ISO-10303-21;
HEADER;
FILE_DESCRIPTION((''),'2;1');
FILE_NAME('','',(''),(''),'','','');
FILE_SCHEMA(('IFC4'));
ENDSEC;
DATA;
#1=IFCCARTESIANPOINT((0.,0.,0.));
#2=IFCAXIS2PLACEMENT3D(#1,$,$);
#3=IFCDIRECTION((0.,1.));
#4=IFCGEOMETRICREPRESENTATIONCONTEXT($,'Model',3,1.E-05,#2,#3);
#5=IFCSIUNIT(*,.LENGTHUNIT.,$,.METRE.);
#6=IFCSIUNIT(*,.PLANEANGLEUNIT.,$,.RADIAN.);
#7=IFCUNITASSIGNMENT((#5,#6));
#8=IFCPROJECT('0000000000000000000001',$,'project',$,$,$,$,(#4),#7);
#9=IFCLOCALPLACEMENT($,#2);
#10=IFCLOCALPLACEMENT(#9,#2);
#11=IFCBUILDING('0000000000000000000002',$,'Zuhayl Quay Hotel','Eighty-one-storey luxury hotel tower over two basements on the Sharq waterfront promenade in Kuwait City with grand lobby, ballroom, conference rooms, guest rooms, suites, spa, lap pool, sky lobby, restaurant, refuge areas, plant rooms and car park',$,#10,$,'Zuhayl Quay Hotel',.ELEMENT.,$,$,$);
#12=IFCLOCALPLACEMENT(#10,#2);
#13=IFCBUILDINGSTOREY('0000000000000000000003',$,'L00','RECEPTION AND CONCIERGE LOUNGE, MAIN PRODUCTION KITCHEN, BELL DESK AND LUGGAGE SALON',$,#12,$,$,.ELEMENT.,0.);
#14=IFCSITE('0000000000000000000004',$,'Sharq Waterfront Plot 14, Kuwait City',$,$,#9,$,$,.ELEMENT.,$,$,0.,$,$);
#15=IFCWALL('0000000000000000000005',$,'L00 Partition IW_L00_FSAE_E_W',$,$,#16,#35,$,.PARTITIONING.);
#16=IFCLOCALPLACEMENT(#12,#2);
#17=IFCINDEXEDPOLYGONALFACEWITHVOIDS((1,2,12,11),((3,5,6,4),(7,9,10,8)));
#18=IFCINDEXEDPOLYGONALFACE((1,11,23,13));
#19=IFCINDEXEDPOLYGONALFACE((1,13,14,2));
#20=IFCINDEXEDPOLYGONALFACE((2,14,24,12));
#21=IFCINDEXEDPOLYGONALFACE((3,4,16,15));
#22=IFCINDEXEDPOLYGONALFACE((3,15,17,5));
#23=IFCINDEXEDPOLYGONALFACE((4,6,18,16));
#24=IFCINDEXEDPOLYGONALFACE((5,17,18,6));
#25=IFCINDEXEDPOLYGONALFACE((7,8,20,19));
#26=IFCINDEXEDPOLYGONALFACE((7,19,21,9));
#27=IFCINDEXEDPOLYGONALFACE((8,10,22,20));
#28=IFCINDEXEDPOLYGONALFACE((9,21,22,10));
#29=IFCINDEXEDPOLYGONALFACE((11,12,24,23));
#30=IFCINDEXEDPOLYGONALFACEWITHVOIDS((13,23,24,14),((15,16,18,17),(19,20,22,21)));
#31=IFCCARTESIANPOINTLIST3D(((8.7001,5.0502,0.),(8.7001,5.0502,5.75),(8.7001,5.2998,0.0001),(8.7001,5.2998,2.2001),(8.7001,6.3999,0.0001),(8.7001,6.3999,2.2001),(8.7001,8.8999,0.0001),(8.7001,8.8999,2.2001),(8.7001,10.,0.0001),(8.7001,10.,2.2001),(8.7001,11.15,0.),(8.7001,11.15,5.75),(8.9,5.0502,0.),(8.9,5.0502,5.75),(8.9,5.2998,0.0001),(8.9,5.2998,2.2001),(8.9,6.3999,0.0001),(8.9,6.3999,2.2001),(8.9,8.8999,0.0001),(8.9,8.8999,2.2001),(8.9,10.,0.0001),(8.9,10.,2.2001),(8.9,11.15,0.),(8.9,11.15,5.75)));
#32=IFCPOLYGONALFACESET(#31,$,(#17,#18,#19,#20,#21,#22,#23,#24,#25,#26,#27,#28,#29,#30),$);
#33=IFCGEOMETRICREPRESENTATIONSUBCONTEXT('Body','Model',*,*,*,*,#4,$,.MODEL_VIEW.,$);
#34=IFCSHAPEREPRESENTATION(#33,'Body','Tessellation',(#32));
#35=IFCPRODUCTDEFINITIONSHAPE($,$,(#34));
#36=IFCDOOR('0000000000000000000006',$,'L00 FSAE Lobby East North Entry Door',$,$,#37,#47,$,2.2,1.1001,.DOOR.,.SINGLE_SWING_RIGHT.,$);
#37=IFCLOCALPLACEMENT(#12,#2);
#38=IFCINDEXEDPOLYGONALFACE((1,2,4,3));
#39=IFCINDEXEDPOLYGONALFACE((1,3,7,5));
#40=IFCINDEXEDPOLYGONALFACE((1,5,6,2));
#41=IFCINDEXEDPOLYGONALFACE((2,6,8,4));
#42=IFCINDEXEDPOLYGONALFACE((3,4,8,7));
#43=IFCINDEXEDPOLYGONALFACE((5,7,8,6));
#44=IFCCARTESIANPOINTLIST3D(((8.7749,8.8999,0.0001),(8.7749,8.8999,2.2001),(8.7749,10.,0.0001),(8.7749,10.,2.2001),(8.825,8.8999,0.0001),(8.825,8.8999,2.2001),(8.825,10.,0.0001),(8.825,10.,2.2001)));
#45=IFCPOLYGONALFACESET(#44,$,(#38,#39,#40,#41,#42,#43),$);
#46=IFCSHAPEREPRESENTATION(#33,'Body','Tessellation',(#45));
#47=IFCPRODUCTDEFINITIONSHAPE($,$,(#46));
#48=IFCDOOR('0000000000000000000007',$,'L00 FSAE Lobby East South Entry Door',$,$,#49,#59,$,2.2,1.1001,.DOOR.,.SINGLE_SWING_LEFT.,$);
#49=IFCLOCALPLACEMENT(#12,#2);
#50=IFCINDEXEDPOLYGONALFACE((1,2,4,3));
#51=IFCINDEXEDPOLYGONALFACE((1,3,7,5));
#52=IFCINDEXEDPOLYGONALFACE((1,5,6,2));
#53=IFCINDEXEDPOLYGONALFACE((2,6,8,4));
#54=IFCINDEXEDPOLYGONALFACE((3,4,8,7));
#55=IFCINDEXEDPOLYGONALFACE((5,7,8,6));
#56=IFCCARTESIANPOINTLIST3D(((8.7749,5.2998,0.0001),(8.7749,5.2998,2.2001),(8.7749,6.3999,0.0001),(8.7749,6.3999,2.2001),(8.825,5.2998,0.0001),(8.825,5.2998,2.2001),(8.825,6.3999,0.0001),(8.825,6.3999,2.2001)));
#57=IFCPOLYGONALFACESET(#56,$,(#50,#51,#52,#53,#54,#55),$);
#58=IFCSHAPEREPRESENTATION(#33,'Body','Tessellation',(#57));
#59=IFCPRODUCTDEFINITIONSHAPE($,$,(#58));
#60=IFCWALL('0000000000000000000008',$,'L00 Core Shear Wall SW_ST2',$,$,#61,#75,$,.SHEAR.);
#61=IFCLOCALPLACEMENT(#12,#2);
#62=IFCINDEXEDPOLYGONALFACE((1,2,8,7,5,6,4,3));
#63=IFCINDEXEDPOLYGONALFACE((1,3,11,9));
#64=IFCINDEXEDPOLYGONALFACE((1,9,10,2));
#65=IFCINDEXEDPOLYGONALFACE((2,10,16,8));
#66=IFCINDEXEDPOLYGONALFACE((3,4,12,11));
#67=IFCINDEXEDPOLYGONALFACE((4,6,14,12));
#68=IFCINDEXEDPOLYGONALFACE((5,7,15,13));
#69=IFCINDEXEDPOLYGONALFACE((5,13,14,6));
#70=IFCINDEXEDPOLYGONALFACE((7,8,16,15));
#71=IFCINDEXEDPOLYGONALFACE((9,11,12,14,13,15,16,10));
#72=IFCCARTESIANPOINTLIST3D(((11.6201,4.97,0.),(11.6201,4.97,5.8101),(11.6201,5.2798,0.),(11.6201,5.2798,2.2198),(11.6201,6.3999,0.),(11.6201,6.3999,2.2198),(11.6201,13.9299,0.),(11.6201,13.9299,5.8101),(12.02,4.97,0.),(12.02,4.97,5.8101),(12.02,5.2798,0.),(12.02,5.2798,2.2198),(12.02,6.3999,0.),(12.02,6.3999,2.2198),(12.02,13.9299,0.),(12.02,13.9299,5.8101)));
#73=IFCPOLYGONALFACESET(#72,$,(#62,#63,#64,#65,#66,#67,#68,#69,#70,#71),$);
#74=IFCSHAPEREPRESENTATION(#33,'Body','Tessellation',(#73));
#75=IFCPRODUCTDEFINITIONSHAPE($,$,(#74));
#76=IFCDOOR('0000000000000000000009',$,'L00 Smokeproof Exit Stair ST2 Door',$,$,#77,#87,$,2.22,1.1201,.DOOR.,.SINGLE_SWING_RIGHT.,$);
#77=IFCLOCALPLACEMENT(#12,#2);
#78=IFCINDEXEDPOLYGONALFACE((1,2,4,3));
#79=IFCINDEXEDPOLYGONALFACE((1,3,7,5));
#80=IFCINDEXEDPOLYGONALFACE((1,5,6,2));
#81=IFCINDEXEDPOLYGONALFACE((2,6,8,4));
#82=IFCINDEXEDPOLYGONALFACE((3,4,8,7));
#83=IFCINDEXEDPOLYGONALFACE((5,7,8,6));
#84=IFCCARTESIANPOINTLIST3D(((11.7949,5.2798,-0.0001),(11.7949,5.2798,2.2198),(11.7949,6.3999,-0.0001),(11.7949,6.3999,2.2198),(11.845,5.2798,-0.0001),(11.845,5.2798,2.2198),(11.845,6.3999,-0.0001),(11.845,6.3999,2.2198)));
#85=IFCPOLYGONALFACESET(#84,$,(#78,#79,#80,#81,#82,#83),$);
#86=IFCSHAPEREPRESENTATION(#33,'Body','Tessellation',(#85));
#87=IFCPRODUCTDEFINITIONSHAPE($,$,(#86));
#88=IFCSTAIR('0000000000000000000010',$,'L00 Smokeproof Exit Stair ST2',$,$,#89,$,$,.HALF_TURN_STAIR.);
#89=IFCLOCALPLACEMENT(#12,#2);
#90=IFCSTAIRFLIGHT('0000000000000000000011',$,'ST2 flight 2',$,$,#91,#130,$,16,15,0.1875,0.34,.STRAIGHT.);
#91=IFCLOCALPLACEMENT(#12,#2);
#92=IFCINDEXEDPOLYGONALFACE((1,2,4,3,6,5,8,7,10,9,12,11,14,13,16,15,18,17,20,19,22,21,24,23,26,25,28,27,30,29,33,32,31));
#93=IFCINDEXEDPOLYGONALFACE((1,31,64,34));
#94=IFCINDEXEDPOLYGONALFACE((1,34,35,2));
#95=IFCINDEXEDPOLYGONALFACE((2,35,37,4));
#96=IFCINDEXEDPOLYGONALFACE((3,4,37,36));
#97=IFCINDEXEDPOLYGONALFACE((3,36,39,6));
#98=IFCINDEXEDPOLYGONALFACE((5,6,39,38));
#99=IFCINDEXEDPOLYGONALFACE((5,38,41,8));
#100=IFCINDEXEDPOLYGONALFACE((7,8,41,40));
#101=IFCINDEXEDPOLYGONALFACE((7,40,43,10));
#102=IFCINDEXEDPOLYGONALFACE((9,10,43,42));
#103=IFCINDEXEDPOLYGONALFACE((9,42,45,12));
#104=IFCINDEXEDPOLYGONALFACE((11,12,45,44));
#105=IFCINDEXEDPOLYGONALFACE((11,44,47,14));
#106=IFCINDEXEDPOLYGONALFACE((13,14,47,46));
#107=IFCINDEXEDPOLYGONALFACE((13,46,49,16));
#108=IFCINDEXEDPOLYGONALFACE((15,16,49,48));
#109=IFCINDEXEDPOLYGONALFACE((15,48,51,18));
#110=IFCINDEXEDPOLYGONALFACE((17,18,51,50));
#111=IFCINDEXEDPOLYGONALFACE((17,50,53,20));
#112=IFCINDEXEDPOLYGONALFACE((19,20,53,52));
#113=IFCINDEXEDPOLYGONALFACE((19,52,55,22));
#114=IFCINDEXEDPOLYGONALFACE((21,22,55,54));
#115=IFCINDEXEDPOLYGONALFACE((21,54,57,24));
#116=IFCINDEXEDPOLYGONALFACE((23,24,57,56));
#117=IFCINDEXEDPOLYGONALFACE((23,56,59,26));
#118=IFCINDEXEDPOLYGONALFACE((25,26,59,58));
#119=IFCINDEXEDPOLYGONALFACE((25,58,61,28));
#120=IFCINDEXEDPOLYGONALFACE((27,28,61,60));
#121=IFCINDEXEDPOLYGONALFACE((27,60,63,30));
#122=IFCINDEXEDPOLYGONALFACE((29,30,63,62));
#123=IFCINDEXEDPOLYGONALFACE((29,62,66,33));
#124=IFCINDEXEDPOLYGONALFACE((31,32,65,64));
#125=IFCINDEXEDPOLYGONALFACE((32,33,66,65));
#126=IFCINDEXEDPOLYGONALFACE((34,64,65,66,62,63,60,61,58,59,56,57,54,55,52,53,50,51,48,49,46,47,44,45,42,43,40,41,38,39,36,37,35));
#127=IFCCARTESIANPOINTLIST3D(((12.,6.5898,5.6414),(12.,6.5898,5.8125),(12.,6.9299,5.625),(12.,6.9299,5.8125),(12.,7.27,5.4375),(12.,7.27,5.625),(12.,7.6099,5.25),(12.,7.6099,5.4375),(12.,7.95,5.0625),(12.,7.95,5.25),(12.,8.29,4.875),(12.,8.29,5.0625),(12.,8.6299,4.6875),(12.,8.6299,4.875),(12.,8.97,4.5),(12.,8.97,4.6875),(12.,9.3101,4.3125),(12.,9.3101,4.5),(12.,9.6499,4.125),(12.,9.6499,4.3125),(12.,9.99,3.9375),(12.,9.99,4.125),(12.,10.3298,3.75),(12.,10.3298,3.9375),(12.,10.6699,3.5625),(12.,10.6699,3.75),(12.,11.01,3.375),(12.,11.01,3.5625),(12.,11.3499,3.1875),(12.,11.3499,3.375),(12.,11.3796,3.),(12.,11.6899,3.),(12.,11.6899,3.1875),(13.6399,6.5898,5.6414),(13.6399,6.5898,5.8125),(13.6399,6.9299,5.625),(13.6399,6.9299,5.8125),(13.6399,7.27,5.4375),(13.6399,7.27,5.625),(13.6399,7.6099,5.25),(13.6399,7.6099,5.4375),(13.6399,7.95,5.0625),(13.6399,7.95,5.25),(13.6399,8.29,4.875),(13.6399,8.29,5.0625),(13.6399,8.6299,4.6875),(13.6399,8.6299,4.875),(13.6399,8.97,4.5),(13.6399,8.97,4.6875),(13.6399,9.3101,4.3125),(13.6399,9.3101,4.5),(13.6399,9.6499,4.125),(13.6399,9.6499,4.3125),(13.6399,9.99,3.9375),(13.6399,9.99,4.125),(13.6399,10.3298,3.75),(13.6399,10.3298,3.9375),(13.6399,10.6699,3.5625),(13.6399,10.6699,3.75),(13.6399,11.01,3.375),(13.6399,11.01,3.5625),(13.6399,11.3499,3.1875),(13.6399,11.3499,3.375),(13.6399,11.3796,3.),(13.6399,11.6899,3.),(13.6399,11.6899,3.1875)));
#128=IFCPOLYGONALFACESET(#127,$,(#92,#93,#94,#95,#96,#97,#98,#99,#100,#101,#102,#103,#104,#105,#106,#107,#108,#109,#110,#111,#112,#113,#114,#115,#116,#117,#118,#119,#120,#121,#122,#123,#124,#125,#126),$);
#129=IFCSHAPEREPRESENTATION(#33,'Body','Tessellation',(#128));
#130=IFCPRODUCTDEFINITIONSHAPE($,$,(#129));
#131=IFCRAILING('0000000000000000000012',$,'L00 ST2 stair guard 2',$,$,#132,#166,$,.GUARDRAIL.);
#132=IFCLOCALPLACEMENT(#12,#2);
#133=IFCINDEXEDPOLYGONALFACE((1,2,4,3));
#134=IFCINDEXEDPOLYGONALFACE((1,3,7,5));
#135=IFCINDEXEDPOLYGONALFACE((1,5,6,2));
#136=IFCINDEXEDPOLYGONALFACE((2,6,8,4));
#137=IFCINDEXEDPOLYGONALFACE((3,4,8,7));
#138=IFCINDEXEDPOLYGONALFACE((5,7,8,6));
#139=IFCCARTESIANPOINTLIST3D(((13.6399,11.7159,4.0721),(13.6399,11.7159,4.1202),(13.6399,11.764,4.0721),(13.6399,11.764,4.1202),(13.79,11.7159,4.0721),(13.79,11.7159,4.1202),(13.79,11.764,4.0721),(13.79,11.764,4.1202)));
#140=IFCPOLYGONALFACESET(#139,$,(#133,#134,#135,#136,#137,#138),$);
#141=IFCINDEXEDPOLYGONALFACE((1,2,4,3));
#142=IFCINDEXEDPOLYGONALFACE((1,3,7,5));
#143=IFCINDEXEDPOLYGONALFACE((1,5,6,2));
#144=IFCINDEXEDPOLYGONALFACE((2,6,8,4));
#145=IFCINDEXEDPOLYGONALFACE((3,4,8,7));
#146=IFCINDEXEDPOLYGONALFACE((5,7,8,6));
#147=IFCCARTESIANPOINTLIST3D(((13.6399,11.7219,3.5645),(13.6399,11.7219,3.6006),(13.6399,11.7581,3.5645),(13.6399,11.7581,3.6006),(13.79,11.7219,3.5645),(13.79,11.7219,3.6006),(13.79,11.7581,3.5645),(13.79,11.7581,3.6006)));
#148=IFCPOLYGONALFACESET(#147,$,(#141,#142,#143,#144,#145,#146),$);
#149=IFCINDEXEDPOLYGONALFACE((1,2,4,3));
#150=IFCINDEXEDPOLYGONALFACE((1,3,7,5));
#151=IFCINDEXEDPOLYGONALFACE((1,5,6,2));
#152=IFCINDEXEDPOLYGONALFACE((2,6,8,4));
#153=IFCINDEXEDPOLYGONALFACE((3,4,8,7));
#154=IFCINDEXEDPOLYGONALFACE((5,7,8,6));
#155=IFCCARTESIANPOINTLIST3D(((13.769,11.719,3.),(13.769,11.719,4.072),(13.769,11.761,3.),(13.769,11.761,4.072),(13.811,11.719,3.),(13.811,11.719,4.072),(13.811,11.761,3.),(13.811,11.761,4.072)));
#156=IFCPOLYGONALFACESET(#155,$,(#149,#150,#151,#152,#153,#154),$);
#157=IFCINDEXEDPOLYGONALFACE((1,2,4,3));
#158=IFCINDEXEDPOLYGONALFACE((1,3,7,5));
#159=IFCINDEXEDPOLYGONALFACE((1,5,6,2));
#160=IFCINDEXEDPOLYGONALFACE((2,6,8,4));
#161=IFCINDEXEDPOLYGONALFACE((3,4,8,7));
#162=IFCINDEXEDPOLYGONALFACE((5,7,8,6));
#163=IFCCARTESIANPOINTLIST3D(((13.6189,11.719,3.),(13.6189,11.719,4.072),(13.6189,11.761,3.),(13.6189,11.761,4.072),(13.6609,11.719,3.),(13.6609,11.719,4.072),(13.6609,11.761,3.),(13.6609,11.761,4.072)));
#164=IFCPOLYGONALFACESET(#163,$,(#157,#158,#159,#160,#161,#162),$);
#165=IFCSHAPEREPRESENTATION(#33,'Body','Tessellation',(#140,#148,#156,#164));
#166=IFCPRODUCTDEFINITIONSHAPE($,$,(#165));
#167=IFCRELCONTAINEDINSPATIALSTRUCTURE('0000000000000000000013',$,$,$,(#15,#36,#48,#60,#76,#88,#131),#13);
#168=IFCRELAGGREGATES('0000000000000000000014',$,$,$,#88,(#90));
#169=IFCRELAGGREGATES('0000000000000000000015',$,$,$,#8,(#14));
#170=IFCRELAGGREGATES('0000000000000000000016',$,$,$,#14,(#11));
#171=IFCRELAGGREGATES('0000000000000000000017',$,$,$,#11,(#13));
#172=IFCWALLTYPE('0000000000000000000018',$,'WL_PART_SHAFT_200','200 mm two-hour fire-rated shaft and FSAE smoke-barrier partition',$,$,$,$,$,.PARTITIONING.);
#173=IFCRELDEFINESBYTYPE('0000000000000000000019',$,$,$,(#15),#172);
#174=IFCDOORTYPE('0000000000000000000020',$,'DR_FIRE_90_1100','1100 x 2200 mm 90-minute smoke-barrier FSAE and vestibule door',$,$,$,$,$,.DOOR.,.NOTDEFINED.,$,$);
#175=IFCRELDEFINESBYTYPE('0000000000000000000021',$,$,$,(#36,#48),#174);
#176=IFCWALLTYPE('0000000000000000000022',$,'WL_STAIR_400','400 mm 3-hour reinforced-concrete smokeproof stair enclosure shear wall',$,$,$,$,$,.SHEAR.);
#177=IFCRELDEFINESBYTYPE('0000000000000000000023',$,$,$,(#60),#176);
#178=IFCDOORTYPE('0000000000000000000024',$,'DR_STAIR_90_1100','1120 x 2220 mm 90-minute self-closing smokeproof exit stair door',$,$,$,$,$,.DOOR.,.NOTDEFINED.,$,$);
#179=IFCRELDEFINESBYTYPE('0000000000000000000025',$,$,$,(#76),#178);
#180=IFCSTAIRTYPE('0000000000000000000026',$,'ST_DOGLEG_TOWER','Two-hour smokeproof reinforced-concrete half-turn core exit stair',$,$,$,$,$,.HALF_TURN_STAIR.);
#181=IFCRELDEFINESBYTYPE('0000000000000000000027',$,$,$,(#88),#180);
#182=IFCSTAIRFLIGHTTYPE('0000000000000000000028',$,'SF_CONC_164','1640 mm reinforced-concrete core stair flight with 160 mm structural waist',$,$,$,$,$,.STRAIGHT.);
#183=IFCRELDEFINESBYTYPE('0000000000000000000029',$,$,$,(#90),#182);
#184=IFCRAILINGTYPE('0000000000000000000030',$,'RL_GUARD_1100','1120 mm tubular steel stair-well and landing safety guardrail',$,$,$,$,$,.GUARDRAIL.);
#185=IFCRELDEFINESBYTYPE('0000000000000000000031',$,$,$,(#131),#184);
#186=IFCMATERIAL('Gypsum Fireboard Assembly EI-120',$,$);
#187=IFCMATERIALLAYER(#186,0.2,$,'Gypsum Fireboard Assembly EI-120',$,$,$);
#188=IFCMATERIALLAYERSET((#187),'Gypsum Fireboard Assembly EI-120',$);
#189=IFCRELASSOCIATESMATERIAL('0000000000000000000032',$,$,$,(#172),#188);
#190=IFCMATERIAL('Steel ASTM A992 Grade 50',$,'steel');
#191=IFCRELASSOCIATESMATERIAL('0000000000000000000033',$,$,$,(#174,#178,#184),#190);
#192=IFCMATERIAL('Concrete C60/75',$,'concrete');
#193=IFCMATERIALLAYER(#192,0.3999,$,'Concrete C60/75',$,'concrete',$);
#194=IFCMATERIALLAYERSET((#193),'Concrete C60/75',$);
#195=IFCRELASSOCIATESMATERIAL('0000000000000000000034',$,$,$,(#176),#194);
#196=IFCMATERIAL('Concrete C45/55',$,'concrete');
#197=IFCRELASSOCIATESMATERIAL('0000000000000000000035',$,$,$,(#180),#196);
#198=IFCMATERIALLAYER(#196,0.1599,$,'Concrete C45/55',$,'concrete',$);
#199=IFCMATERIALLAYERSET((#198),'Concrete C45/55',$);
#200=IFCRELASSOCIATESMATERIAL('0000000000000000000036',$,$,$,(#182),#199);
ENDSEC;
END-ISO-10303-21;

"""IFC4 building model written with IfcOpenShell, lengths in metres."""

from ifc_helpers import new_model, si_unit, direction, frame, frame_2d, origin, origin_2d, place, context, subcontext, project, spatial, polyline, rectangle, outline, extrude, material, layer, layer_set, type_object, element, fill, aggregate, save


model = new_model("IFC4")

# Units and contexts
model_context = context("Model", 3, precision=1e-05, world=origin(), true_north=direction((0.0, 1.0)))
body_context = subcontext(model_context, "Body", "Model", "MODEL_VIEW")
ifc_project = project(units=[si_unit("LENGTHUNIT", "METRE"), si_unit("PLANEANGLEUNIT", "RADIAN")], contexts=[model_context])

# Site, building, storey
site_placement = place(None, origin())
site = spatial("IfcSite", under=ifc_project, at=site_placement, Name="Sharq Waterfront Plot 14, Kuwait City", CompositionType="ELEMENT", RefElevation=0.0)
building_placement = place(site_placement, origin())
building = spatial("IfcBuilding", under=site, at=building_placement, Name="Zuhayl Quay Hotel", Description="Eighty-one-storey luxury hotel tower over two basements on the Sharq waterfront promenade in Kuwait City with grand lobby, ballroom, conference rooms, guest rooms, suites, spa, lap pool, sky lobby, restaurant, refuge areas, plant rooms and car park", LongName="Zuhayl Quay Hotel", CompositionType="ELEMENT")
storey_placement = place(building_placement, origin())
storey = spatial("IfcBuildingStorey", under=building, at=storey_placement, Name="L00", Description="RECEPTION AND CONCIERGE LOUNGE, MAIN PRODUCTION KITCHEN, BELL DESK AND LUGGAGE SALON", CompositionType="ELEMENT", Elevation=0.0)

# Shared definitions
ifc_material_1 = material(Name="Steel ASTM A992 Grade 50", Category="steel")

# Wall, openings, doors
ifc_material_2 = material(Name="Gypsum Fireboard Assembly EI-120")
ifc_layer_1 = layer(ifc_material_2, 0.2, Name="Gypsum Fireboard Assembly EI-120")
ifc_layer_set_1 = layer_set([ifc_layer_1], Name="Gypsum Fireboard Assembly EI-120")
wall_type_1 = type_object("IfcWallType", Name="WL_PART_SHAFT_200", Description="200 mm two-hour fire-rated shaft and FSAE smoke-barrier partition", PredefinedType="PARTITIONING", material=ifc_layer_set_1)
wall_1_placement = place(storey_placement, frame((8.8, 11.1499, 0.0), z_axis=(0.0, 0.0, 1.0), x_axis=(0.0, -1.0, 0.0)))
wall_1 = element("IfcWall", 1, at=wall_1_placement, inside=storey, type_object=wall_type_1, Name="L00 Partition IW_L00_FSAE_E_W", PredefinedType="PARTITIONING", context=body_context, shape_type="SweptSolid", body=[
    extrude(rectangle(XDim=6.0999, YDim=0.2, at=frame_2d((3.0498, 0.0))), origin(), (0.0, 0.0, 1.0), 5.75),
])
opening_1_placement = place(wall_1_placement, frame((1.1499, 0.0, 0.0)))
opening_1 = element("IfcOpeningElement", 2, at=opening_1_placement, cuts=wall_1, PredefinedType="OPENING", context=body_context, shape_type="SweptSolid", body=[
    extrude(rectangle(XDim=1.1001, YDim=2.2, at=frame_2d((0.55, 1.1001))), frame((0.0, 0.1099, 0.0), z_axis=(0.0, -1.0, 0.0), x_axis=(1.0, 0.0, 0.0)), (0.0, 0.0, 1.0), 0.22),
])
opening_2_placement = place(wall_1_placement, frame((4.75, 0.0, 0.0)))
opening_2 = element("IfcOpeningElement", 3, at=opening_2_placement, cuts=wall_1, PredefinedType="OPENING", context=body_context, shape_type="SweptSolid", body=[
    extrude(rectangle(XDim=1.1001, YDim=2.2, at=frame_2d((0.55, 1.1001))), frame((0.0, 0.1099, 0.0), z_axis=(0.0, -1.0, 0.0), x_axis=(1.0, 0.0, 0.0)), (0.0, 0.0, 1.0), 0.22),
])
door_type_1 = type_object("IfcDoorType", Name="DR_FIRE_90_1100", Description="1100 x 2200 mm 90-minute smoke-barrier FSAE and vestibule door", OperationType="NOTDEFINED", PredefinedType="DOOR", material=ifc_material_1)
door_1_placement = place(opening_1_placement, origin())
door_1 = element("IfcDoor", 4, at=door_1_placement, inside=storey, type_object=door_type_1, Name="L00 FSAE Lobby East North Entry Door", OperationType="SINGLE_SWING_RIGHT", OverallHeight=2.2, OverallWidth=1.1001, PredefinedType="DOOR", context=body_context, shape_type="SweptSolid", body=[
    extrude(rectangle(XDim=1.1001, YDim=2.2, at=frame_2d((0.55, 1.1001))), frame((0.0, 0.0249, 0.0), z_axis=(0.0, -1.0, 0.0), x_axis=(1.0, 0.0, 0.0)), (0.0, 0.0, 1.0), 0.05),
])
fill(opening_1, door_1)
door_2_placement = place(opening_2_placement, origin())
door_2 = element("IfcDoor", 5, at=door_2_placement, inside=storey, type_object=door_type_1, Name="L00 FSAE Lobby East South Entry Door", OperationType="SINGLE_SWING_LEFT", OverallHeight=2.2, OverallWidth=1.1001, PredefinedType="DOOR", context=body_context, shape_type="SweptSolid", body=[
    extrude(rectangle(XDim=1.1001, YDim=2.2, at=frame_2d((0.55, 1.1001))), frame((0.0, 0.0249, 0.0), z_axis=(0.0, -1.0, 0.0), x_axis=(1.0, 0.0, 0.0)), (0.0, 0.0, 1.0), 0.05),
])
fill(opening_2, door_2)

# Wall, opening, door
ifc_material_3 = material(Name="Concrete C60/75", Category="concrete")
ifc_layer_2 = layer(ifc_material_3, 0.3999, Name="Concrete C60/75", Category="concrete")
ifc_layer_set_2 = layer_set([ifc_layer_2], Name="Concrete C60/75")
wall_type_2 = type_object("IfcWallType", Name="WL_STAIR_400", Description="400 mm 3-hour reinforced-concrete smokeproof stair enclosure shear wall", PredefinedType="SHEAR", material=ifc_layer_set_2)
wall_2_placement = place(storey_placement, frame((11.8201, 13.9299, 0.0), z_axis=(0.0, 0.0, 1.0), x_axis=(0.0, -1.0, 0.0)))
wall_2 = element("IfcWall", 6, at=wall_2_placement, inside=storey, type_object=wall_type_2, Name="L00 Core Shear Wall SW_ST2", PredefinedType="SHEAR", context=body_context, shape_type="SweptSolid", body=[
    extrude(rectangle(XDim=8.96, YDim=0.3999, at=frame_2d((4.48, 0.0))), origin(), (0.0, 0.0, 1.0), 5.8101),
])
opening_3_placement = place(wall_2_placement, frame((7.53, 0.0, 0.0)))
opening_3 = element("IfcOpeningElement", 7, at=opening_3_placement, cuts=wall_2, PredefinedType="OPENING", context=body_context, shape_type="SweptSolid", body=[
    extrude(rectangle(XDim=1.1201, YDim=2.22, at=frame_2d((0.5601, 1.1099))), frame((0.0, 0.21, 0.0), z_axis=(0.0, -1.0, 0.0), x_axis=(1.0, 0.0, 0.0)), (0.0, 0.0, 1.0), 0.4199),
])
door_type_2 = type_object("IfcDoorType", Name="DR_STAIR_90_1100", Description="1120 x 2220 mm 90-minute self-closing smokeproof exit stair door", OperationType="NOTDEFINED", PredefinedType="DOOR", material=ifc_material_1)
door_3_placement = place(opening_3_placement, origin())
door_3 = element("IfcDoor", 8, at=door_3_placement, inside=storey, type_object=door_type_2, Name="L00 Smokeproof Exit Stair ST2 Door", OperationType="SINGLE_SWING_RIGHT", OverallHeight=2.22, OverallWidth=1.1201, PredefinedType="DOOR", context=body_context, shape_type="SweptSolid", body=[
    extrude(rectangle(XDim=1.1201, YDim=2.22, at=frame_2d((0.5601, 1.1099))), frame((0.0, 0.0249, 0.0), z_axis=(0.0, -1.0, 0.0), x_axis=(1.0, 0.0, 0.0)), (0.0, 0.0, 1.0), 0.05),
])
fill(opening_3, door_3)

# Stair, stair flight
ifc_material_4 = material(Name="Concrete C45/55", Category="concrete")
stair_type = type_object("IfcStairType", Name="ST_DOGLEG_TOWER", Description="Two-hour smokeproof reinforced-concrete half-turn core exit stair", PredefinedType="HALF_TURN_STAIR", material=ifc_material_4)
stair_placement = place(storey_placement, origin())
stair = element("IfcStair", 9, at=stair_placement, inside=storey, type_object=stair_type, Name="L00 Smokeproof Exit Stair ST2", PredefinedType="HALF_TURN_STAIR")
ifc_layer_3 = layer(ifc_material_4, 0.1599, Name="Concrete C45/55", Category="concrete")
ifc_layer_set_3 = layer_set([ifc_layer_3], Name="Concrete C45/55")
stair_flight_type = type_object("IfcStairFlightType", Name="SF_CONC_164", Description="1640 mm reinforced-concrete core stair flight with 160 mm structural waist", PredefinedType="STRAIGHT", material=ifc_layer_set_3)
stair_flight_placement = place(storey_placement, frame((12.8201, 11.6899, 3.0), z_axis=(0.0, 0.0, 1.0), x_axis=(0.0, -1.0, 0.0)))
stair_flight = element("IfcStairFlight", 10, at=stair_flight_placement, type_object=stair_flight_type, Name="ST2 flight 2", NumberOfRisers=16, NumberOfTreads=15, PredefinedType="STRAIGHT", RiserHeight=0.1875, TreadLength=0.34, context=body_context, shape_type="SweptSolid", body=[
    extrude(outline(polyline([(0.0, 0.0), (0.0, 0.1875), (0.3401, 0.1875), (0.3401, 0.375), (0.6799, 0.375), (0.6799, 0.5625), (1.02, 0.5625), (1.02, 0.75), (1.3601, 0.75), (1.3601, 0.9375), (1.7, 0.9375), (1.7, 1.125), (2.04, 1.125), (2.04, 1.3125), (2.3799, 1.3125), (2.3799, 1.5), (2.72, 1.5), (2.72, 1.6875), (3.0601, 1.6875), (3.0601, 1.875), (3.3999, 1.875), (3.3999, 2.0625), (3.74, 2.0625), (3.74, 2.25), (4.0801, 2.25), (4.0801, 2.4375), (4.4199, 2.4375), (4.4199, 2.625), (4.76, 2.625), (4.76, 2.8125), (5.1001, 2.8125), (5.1001, 3.0), (5.1001, 2.6414), (0.3103, 0.0), (0.0, 0.0)])), frame((0.0, 0.8198, 0.0), z_axis=(0.0, -1.0, 0.0), x_axis=(1.0, 0.0, 0.0)), (0.0, 0.0, 1.0), 1.6399),
])
aggregate(stair, [stair_flight])

# Railing
railing_type_1 = type_object("IfcRailingType", Name="RL_GUARD_1100", Description="1120 mm tubular steel stair-well and landing safety guardrail", PredefinedType="GUARDRAIL", material=ifc_material_1)
railing_1_placement = place(storey_placement, frame((13.79, 11.74, 3.0)))
element("IfcRailing", 11, at=railing_1_placement, inside=storey, type_object=railing_type_1, Name="L00 ST2 stair guard 2", PredefinedType="GUARDRAIL", context=body_context, shape_type="SweptSolid", body=[
    extrude(rectangle(XDim=0.0481, YDim=0.0481, at=origin_2d()), frame((0.0, 0.0, 1.0962), z_axis=(-1.0, 0.0, 0.0), x_axis=(0.0, -1.0, 0.0)), (0.0, 0.0, 1.0), 0.1501),
    extrude(rectangle(XDim=0.0361, YDim=0.0361, at=origin_2d()), frame((0.0, 0.0, 0.5825), z_axis=(-1.0, 0.0, 0.0), x_axis=(0.0, -1.0, 0.0)), (0.0, 0.0, 1.0), 0.1501),
    extrude(rectangle(XDim=0.042, YDim=0.042, at=origin_2d()), origin(), (0.0, 0.0, 1.0), 1.072),
    extrude(rectangle(XDim=0.042, YDim=0.042, at=origin_2d()), frame((-0.1501, 0.0, 0.0)), (0.0, 0.0, 1.0), 1.072),
])

save(model, "model.ifc")
